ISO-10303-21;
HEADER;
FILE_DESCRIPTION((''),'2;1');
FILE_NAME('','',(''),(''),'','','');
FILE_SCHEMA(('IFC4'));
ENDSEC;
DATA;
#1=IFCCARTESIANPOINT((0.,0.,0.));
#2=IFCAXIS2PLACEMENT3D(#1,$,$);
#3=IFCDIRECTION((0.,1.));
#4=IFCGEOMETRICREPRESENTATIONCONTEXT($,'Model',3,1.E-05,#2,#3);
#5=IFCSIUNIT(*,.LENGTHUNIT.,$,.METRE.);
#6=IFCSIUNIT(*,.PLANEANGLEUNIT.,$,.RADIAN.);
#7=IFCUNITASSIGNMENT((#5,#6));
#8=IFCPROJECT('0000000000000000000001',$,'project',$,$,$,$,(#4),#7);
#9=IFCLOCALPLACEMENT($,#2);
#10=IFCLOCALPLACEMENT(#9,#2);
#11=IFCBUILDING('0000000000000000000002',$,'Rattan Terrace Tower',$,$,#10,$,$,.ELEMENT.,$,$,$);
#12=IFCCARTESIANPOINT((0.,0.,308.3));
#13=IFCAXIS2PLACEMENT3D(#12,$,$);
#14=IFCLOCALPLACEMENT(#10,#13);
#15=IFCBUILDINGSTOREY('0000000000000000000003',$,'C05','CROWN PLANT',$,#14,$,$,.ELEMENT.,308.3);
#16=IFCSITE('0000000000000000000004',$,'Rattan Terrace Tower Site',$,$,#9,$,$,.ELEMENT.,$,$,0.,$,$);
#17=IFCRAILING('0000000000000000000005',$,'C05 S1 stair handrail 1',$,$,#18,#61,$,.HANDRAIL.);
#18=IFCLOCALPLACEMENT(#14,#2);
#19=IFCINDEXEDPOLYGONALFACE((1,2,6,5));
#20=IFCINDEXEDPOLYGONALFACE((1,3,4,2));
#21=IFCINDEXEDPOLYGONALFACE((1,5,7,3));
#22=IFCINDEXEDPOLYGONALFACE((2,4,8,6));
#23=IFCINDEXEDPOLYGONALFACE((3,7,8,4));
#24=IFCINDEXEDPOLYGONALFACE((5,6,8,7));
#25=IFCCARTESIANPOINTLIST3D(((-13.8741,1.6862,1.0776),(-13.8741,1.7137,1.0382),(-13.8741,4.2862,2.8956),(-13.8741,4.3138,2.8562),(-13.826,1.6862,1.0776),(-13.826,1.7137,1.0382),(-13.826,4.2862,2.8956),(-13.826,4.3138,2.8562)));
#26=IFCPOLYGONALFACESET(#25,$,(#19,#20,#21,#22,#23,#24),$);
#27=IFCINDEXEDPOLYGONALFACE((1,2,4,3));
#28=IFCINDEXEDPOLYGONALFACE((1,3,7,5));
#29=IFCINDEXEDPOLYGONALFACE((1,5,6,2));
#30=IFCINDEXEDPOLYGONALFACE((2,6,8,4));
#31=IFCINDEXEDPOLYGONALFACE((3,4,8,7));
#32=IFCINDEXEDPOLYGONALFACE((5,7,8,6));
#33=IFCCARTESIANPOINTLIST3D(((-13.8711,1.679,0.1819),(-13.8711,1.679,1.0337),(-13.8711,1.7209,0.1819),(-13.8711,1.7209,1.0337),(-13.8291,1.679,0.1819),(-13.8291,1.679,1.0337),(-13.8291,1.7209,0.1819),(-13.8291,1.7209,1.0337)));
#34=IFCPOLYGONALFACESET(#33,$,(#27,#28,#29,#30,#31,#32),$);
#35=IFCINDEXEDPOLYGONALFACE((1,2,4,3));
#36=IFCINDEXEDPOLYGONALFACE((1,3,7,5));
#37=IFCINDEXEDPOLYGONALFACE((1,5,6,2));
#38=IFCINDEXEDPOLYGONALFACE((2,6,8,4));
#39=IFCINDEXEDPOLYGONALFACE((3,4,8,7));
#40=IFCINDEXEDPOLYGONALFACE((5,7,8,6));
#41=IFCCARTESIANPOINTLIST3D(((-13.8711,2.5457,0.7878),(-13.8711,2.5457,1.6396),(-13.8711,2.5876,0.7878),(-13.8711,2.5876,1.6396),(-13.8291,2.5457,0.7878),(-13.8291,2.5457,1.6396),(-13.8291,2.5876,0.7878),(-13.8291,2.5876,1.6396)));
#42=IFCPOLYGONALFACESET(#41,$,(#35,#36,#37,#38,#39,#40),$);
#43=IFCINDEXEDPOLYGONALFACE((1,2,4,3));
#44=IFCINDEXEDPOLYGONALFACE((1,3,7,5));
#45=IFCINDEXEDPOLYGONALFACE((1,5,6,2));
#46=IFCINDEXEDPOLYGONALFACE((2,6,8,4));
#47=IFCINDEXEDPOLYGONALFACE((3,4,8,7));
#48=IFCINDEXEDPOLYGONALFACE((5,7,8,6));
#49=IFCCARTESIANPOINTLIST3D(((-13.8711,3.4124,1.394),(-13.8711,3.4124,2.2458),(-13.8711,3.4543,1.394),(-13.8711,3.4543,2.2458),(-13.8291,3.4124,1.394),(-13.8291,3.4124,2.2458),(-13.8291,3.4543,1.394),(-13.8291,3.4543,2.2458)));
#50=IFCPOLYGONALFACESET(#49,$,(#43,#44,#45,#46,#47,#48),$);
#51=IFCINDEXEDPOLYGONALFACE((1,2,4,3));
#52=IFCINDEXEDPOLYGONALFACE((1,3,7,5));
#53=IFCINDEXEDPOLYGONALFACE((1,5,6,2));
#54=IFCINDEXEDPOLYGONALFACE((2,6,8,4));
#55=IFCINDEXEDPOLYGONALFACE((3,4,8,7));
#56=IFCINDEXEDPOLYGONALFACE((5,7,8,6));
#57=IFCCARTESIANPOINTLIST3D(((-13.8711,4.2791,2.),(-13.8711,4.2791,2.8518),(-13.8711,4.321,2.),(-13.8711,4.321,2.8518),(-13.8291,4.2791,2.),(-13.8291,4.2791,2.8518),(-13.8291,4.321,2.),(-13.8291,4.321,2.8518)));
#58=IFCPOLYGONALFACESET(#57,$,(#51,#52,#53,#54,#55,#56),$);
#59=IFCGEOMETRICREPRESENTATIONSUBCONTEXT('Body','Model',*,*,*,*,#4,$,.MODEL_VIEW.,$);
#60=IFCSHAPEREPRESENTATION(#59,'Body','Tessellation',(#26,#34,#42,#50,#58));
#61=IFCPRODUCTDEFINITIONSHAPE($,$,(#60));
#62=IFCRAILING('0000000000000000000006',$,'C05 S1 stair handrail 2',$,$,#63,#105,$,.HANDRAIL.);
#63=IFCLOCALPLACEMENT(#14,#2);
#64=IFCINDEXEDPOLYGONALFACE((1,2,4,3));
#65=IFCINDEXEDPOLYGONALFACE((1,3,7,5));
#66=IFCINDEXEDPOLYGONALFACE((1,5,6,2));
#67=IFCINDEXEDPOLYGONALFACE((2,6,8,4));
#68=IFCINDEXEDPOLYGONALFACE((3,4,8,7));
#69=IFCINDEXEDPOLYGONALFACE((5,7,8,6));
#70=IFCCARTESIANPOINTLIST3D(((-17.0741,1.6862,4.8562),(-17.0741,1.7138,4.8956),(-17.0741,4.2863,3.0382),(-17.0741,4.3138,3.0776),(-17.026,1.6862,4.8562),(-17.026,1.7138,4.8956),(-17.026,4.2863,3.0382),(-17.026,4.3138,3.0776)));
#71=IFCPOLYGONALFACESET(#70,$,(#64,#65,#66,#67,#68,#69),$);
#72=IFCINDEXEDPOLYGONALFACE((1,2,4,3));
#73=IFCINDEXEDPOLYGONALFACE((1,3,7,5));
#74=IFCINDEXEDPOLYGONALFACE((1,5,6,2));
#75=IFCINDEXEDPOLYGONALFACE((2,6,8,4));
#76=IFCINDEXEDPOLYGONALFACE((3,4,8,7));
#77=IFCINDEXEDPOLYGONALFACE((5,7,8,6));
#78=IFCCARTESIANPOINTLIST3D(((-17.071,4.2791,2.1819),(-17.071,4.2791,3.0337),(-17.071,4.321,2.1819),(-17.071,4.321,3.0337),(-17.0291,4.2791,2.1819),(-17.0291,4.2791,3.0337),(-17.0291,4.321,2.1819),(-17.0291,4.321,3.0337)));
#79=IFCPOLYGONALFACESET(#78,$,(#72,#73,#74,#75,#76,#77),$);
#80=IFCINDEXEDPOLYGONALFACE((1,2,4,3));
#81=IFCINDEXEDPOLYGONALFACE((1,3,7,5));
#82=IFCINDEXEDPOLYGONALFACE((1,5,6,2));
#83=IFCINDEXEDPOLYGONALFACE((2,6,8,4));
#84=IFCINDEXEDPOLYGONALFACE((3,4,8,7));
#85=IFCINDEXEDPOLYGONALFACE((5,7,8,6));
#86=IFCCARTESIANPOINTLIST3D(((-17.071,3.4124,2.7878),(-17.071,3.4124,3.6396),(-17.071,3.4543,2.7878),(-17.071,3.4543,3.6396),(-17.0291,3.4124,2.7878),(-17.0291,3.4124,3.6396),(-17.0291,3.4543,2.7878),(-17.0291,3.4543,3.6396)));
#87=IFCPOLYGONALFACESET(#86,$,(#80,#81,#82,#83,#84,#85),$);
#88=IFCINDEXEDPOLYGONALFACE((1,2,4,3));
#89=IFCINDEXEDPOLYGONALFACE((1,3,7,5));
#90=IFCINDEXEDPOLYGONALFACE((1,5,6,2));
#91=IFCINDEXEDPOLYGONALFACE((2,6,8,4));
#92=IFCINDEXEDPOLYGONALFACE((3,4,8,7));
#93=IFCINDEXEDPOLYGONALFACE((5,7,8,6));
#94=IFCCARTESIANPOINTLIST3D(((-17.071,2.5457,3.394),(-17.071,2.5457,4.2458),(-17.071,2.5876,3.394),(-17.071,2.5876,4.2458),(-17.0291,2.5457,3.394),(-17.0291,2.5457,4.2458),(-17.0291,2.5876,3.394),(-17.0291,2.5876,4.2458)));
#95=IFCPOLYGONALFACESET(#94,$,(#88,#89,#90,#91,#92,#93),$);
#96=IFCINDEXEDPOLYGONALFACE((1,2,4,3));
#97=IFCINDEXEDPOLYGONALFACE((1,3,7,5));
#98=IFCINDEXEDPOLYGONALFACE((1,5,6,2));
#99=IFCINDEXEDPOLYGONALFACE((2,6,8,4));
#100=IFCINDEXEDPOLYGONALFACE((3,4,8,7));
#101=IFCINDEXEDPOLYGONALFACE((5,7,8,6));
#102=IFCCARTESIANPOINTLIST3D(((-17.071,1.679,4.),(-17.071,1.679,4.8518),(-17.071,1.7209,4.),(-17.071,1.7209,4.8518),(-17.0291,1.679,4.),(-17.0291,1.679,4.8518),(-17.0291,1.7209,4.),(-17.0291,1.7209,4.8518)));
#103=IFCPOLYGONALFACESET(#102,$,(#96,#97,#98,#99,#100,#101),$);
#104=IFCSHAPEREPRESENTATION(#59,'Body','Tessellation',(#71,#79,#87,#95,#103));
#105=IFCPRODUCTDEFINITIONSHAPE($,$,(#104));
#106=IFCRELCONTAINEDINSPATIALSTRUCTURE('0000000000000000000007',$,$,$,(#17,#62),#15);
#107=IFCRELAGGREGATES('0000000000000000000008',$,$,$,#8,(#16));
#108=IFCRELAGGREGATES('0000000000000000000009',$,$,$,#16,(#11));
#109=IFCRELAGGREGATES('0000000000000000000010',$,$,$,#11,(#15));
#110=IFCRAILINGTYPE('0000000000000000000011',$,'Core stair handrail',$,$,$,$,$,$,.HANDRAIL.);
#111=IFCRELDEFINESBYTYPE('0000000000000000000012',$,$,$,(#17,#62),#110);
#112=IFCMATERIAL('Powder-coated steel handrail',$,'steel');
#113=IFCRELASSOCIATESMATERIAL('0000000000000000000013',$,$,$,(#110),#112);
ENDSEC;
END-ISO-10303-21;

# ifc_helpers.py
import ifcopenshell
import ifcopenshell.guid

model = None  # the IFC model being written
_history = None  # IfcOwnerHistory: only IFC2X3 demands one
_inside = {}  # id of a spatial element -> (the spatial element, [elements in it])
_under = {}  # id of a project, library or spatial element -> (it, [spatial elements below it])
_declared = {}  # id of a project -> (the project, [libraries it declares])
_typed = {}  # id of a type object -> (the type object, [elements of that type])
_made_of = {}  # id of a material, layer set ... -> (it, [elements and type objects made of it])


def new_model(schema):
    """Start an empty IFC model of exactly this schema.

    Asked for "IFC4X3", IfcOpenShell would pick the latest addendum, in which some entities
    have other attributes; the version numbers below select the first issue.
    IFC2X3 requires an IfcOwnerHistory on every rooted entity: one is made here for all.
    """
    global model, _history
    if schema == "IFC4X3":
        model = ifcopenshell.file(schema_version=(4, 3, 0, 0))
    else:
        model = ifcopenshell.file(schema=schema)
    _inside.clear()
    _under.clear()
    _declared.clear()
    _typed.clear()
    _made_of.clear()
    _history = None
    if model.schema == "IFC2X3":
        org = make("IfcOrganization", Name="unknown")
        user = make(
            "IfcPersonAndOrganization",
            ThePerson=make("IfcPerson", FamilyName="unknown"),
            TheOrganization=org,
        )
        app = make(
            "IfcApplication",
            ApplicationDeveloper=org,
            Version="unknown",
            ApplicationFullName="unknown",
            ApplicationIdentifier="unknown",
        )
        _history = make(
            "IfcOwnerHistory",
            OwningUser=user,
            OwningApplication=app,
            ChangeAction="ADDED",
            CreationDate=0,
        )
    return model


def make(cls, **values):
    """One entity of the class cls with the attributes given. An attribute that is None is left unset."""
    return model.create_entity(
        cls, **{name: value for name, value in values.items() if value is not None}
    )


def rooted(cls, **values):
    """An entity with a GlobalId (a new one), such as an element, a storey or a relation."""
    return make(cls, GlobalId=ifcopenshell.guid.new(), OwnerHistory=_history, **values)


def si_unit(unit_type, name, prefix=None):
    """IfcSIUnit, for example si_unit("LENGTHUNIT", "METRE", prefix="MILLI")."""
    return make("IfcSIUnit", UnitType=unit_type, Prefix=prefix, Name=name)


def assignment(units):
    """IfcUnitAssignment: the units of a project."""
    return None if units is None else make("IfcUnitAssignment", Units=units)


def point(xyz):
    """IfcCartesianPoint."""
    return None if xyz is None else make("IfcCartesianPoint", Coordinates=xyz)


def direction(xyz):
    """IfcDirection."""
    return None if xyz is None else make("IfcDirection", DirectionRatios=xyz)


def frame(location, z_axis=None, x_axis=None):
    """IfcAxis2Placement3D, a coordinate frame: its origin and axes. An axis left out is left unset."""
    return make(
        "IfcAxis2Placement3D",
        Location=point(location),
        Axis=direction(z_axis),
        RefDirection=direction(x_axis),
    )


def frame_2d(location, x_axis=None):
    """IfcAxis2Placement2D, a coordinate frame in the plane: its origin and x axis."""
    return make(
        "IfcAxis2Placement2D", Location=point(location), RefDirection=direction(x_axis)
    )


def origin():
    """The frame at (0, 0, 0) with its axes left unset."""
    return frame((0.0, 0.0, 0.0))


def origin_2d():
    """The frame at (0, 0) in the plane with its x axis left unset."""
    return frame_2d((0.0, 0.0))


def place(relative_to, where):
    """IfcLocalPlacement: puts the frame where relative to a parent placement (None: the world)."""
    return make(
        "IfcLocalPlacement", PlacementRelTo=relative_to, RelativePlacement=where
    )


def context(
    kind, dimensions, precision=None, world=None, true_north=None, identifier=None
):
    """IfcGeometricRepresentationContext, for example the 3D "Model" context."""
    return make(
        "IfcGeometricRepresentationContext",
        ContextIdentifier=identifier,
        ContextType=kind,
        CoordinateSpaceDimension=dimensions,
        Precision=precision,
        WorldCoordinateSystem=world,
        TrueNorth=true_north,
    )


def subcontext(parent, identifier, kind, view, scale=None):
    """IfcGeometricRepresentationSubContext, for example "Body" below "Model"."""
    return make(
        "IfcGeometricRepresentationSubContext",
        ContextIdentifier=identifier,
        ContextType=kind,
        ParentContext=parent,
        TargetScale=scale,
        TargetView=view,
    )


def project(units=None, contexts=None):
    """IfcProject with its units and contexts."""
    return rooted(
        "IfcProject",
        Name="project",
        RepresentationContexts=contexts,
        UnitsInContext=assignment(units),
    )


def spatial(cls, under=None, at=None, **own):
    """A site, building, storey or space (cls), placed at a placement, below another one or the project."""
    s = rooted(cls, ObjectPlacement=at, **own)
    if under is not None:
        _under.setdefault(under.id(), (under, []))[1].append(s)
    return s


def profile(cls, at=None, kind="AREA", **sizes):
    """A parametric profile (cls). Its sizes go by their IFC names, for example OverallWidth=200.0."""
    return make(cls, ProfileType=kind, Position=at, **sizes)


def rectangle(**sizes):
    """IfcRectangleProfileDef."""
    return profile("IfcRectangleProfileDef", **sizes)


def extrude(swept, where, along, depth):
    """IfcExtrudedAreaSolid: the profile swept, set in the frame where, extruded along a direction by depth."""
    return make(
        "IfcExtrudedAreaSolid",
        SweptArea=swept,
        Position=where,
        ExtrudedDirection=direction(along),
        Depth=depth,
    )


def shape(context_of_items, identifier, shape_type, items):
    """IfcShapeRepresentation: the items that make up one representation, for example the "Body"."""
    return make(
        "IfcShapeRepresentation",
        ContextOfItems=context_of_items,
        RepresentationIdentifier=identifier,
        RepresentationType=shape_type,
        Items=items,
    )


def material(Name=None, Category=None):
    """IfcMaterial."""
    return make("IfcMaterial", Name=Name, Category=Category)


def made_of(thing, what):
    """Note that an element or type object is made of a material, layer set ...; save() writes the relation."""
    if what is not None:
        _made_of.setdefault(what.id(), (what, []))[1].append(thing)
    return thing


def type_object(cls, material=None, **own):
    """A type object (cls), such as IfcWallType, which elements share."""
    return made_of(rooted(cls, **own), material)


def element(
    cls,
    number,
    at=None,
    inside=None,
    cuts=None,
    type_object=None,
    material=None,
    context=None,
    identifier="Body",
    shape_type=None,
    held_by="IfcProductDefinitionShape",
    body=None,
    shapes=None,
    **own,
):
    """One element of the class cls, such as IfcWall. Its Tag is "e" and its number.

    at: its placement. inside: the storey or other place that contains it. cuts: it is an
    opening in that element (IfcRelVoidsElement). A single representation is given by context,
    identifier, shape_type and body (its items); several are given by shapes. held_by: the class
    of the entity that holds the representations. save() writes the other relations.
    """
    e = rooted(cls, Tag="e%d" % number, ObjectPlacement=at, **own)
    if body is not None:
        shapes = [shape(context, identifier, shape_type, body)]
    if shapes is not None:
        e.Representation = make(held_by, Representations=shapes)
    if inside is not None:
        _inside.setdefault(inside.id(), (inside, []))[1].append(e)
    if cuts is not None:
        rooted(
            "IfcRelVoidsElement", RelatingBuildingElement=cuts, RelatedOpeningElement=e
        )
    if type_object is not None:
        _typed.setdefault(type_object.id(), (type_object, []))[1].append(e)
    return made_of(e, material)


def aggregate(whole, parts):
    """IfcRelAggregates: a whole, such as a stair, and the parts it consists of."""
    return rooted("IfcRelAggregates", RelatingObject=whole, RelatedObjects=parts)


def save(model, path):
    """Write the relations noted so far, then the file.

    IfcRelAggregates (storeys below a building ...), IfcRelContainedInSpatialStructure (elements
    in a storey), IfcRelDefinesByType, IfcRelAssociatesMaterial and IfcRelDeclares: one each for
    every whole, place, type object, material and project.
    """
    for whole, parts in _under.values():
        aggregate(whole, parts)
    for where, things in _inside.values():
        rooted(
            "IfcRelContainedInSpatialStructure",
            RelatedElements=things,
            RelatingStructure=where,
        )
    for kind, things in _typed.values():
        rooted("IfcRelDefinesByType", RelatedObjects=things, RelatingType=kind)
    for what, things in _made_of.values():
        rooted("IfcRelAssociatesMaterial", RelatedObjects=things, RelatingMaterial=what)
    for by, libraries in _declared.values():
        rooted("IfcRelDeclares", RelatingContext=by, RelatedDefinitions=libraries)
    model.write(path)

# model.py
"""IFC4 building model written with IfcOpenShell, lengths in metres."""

from ifc_helpers import new_model, si_unit, direction, frame, origin, origin_2d, place, context, subcontext, project, spatial, rectangle, extrude, material, type_object, element, save


model = new_model("IFC4")

# Units and contexts
model_context = context("Model", 3, precision=1e-05, world=origin(), true_north=direction((0.0, 1.0)))
body_context = subcontext(model_context, "Body", "Model", "MODEL_VIEW")
ifc_project = project(units=[si_unit("LENGTHUNIT", "METRE"), si_unit("PLANEANGLEUNIT", "RADIAN")], contexts=[model_context])

# Site, building, storey
site_placement = place(None, origin())
site = spatial("IfcSite", under=ifc_project, at=site_placement, Name="Rattan Terrace Tower Site", CompositionType="ELEMENT", RefElevation=0.0)
building_placement = place(site_placement, origin())
building = spatial("IfcBuilding", under=site, at=building_placement, Name="Rattan Terrace Tower", CompositionType="ELEMENT")
storey_placement = place(building_placement, frame((0.0, 0.0, 308.3)))
storey = spatial("IfcBuildingStorey", under=building, at=storey_placement, Name="C05", Description="CROWN PLANT", CompositionType="ELEMENT", Elevation=308.3)

# Railings
ifc_material_1 = material(Name="Powder-coated steel handrail", Category="steel")
railing_type_1 = type_object("IfcRailingType", Name="Core stair handrail", PredefinedType="HANDRAIL", material=ifc_material_1)
railing_1_placement = place(storey_placement, frame((-13.8501, 1.7, 0.1819)))
element("IfcRailing", 1, at=railing_1_placement, inside=storey, type_object=railing_type_1, Name="C05 S1 stair handrail 1", PredefinedType="HANDRAIL", context=body_context, shape_type="SweptSolid", body=[
    extrude(rectangle(XDim=0.0481, YDim=0.0481, at=origin_2d()), frame((0.0, 0.0, 0.876), z_axis=(0.0, 0.819521, 0.573049), x_axis=(-1.0, 0.0, 0.0)), (0.0, 0.0, 1.0), 3.1726),
    extrude(rectangle(XDim=0.042, YDim=0.042, at=origin_2d()), origin(), (0.0, 0.0, 1.0), 0.8518),
    extrude(rectangle(XDim=0.042, YDim=0.042, at=origin_2d()), frame((0.0, 0.8667, 0.606)), (0.0, 0.0, 1.0), 0.8518),
    extrude(rectangle(XDim=0.042, YDim=0.042, at=origin_2d()), frame((0.0, 1.7334, 1.2122)), (0.0, 0.0, 1.0), 0.8518),
    extrude(rectangle(XDim=0.042, YDim=0.042, at=origin_2d()), frame((0.0, 2.6001, 1.8181)), (0.0, 0.0, 1.0), 0.8518),
])
railing_2_placement = place(storey_placement, frame((-17.05, 4.3, 2.1819)))
element("IfcRailing", 2, at=railing_2_placement, inside=storey, type_object=railing_type_1, Name="C05 S1 stair handrail 2", PredefinedType="HANDRAIL", context=body_context, shape_type="SweptSolid", body=[
    extrude(rectangle(XDim=0.0481, YDim=0.0481, at=origin_2d()), frame((0.0, 0.0, 0.876), z_axis=(0.0, -0.819521, 0.573049), x_axis=(1.0, 0.0, 0.0)), (0.0, 0.0, 1.0), 3.1726),
    extrude(rectangle(XDim=0.042, YDim=0.042, at=origin_2d()), origin(), (0.0, 0.0, 1.0), 0.8518),
    extrude(rectangle(XDim=0.042, YDim=0.042, at=origin_2d()), frame((0.0, -0.8667, 0.606)), (0.0, 0.0, 1.0), 0.8518),
    extrude(rectangle(XDim=0.042, YDim=0.042, at=origin_2d()), frame((0.0, -1.7334, 1.2122)), (0.0, 0.0, 1.0), 0.8518),
    extrude(rectangle(XDim=0.042, YDim=0.042, at=origin_2d()), frame((0.0, -2.6001, 1.8181)), (0.0, 0.0, 1.0), 0.8518),
])

save(model, "model.ifc")
